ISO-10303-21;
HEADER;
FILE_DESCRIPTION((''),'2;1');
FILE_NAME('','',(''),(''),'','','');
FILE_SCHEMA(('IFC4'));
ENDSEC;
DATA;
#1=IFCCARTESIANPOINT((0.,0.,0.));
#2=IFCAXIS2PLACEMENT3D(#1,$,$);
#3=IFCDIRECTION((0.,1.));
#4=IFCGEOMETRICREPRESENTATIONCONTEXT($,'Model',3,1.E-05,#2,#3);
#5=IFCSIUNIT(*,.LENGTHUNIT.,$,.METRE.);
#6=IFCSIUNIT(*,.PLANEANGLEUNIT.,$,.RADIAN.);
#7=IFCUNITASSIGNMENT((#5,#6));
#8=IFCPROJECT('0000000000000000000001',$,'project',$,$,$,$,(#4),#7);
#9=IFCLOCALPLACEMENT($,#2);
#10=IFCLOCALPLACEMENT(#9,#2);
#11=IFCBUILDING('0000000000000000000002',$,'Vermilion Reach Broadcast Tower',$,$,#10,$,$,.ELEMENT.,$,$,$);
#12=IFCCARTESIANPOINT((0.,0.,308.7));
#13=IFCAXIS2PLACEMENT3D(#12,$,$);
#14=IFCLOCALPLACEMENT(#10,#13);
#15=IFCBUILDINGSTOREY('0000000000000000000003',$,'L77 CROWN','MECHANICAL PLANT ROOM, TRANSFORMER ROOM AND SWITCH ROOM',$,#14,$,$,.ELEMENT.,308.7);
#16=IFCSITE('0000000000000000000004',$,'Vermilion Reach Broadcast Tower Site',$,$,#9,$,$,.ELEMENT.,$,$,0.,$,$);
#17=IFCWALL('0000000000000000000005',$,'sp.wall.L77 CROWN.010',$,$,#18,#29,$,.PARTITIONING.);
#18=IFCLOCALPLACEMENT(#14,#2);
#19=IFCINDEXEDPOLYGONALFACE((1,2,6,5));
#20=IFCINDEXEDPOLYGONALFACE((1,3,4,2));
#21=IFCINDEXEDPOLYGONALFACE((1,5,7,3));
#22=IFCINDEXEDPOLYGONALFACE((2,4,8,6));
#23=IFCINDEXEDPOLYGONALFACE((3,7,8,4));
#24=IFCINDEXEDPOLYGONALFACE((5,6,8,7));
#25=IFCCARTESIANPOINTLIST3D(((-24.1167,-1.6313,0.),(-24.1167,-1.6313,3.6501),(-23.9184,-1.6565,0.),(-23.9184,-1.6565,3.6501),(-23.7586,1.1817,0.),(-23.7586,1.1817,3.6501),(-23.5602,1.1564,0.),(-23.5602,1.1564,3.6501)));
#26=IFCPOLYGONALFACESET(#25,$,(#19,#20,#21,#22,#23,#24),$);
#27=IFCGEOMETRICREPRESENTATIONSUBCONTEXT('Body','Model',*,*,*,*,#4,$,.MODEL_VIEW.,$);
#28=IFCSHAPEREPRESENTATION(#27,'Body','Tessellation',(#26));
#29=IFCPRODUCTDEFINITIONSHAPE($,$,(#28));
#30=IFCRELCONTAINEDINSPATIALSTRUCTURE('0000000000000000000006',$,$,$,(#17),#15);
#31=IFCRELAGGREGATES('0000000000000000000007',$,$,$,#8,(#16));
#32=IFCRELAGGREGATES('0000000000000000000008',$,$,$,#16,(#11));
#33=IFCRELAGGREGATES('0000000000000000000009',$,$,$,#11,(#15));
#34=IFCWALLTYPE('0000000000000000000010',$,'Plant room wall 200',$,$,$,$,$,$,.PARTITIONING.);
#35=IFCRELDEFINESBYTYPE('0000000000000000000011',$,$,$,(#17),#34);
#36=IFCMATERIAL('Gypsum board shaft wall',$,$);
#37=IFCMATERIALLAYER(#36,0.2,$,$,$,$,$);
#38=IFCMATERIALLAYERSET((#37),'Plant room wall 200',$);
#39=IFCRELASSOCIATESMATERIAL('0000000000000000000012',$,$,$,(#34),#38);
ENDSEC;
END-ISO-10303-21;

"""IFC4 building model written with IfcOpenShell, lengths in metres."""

from ifc_helpers import new_model, si_unit, direction, frame, frame_2d, origin, place, context, subcontext, project, spatial, rectangle, extrude, material, layer, layer_set, type_object, element, save


model = new_model("IFC4")

# Units and contexts
model_context = context("Model", 3, precision=1e-05, world=origin(), true_north=direction((0.0, 1.0)))
body_context = subcontext(model_context, "Body", "Model", "MODEL_VIEW")
ifc_project = project(units=[si_unit("LENGTHUNIT", "METRE"), si_unit("PLANEANGLEUNIT", "RADIAN")], contexts=[model_context])

# Site, building, storey
site_placement = place(None, origin())
site = spatial("IfcSite", under=ifc_project, at=site_placement, Name="Vermilion Reach Broadcast Tower Site", CompositionType="ELEMENT", RefElevation=0.0)
building_placement = place(site_placement, origin())
building = spatial("IfcBuilding", under=site, at=building_placement, Name="Vermilion Reach Broadcast Tower", CompositionType="ELEMENT")
storey_placement = place(building_placement, frame((0.0, 0.0, 308.7)))
storey = spatial("IfcBuildingStorey", under=building, at=storey_placement, Name="L77 CROWN", Description="MECHANICAL PLANT ROOM, TRANSFORMER ROOM AND SWITCH ROOM", CompositionType="ELEMENT", Elevation=308.7)

# Shared definitions
ifc_material_1 = material(Name="Gypsum board shaft wall")
ifc_layer_1 = layer(ifc_material_1, 0.2)
ifc_layer_set_1 = layer_set([ifc_layer_1], Name="Plant room wall 200")
wall_type_1 = type_object("IfcWallType", Name="Plant room wall 200", PredefinedType="PARTITIONING", material=ifc_layer_set_1)

# Wall
wall_1_placement = place(storey_placement, frame((-24.0176, -1.644, 0.0), z_axis=(0.0, 0.0, 1.0), x_axis=(0.126302, 0.991992, 0.0)))
element("IfcWall", 1, at=wall_1_placement, inside=storey, type_object=wall_type_1, Name="sp.wall.L77 CROWN.010", PredefinedType="PARTITIONING", context=body_context, shape_type="SweptSolid", body=[
    extrude(rectangle(XDim=2.8357, YDim=0.2, at=frame_2d((1.418, 0.0))), origin(), (0.0, 0.0, 1.0), 3.6501),
])

save(model, "model.ifc")
